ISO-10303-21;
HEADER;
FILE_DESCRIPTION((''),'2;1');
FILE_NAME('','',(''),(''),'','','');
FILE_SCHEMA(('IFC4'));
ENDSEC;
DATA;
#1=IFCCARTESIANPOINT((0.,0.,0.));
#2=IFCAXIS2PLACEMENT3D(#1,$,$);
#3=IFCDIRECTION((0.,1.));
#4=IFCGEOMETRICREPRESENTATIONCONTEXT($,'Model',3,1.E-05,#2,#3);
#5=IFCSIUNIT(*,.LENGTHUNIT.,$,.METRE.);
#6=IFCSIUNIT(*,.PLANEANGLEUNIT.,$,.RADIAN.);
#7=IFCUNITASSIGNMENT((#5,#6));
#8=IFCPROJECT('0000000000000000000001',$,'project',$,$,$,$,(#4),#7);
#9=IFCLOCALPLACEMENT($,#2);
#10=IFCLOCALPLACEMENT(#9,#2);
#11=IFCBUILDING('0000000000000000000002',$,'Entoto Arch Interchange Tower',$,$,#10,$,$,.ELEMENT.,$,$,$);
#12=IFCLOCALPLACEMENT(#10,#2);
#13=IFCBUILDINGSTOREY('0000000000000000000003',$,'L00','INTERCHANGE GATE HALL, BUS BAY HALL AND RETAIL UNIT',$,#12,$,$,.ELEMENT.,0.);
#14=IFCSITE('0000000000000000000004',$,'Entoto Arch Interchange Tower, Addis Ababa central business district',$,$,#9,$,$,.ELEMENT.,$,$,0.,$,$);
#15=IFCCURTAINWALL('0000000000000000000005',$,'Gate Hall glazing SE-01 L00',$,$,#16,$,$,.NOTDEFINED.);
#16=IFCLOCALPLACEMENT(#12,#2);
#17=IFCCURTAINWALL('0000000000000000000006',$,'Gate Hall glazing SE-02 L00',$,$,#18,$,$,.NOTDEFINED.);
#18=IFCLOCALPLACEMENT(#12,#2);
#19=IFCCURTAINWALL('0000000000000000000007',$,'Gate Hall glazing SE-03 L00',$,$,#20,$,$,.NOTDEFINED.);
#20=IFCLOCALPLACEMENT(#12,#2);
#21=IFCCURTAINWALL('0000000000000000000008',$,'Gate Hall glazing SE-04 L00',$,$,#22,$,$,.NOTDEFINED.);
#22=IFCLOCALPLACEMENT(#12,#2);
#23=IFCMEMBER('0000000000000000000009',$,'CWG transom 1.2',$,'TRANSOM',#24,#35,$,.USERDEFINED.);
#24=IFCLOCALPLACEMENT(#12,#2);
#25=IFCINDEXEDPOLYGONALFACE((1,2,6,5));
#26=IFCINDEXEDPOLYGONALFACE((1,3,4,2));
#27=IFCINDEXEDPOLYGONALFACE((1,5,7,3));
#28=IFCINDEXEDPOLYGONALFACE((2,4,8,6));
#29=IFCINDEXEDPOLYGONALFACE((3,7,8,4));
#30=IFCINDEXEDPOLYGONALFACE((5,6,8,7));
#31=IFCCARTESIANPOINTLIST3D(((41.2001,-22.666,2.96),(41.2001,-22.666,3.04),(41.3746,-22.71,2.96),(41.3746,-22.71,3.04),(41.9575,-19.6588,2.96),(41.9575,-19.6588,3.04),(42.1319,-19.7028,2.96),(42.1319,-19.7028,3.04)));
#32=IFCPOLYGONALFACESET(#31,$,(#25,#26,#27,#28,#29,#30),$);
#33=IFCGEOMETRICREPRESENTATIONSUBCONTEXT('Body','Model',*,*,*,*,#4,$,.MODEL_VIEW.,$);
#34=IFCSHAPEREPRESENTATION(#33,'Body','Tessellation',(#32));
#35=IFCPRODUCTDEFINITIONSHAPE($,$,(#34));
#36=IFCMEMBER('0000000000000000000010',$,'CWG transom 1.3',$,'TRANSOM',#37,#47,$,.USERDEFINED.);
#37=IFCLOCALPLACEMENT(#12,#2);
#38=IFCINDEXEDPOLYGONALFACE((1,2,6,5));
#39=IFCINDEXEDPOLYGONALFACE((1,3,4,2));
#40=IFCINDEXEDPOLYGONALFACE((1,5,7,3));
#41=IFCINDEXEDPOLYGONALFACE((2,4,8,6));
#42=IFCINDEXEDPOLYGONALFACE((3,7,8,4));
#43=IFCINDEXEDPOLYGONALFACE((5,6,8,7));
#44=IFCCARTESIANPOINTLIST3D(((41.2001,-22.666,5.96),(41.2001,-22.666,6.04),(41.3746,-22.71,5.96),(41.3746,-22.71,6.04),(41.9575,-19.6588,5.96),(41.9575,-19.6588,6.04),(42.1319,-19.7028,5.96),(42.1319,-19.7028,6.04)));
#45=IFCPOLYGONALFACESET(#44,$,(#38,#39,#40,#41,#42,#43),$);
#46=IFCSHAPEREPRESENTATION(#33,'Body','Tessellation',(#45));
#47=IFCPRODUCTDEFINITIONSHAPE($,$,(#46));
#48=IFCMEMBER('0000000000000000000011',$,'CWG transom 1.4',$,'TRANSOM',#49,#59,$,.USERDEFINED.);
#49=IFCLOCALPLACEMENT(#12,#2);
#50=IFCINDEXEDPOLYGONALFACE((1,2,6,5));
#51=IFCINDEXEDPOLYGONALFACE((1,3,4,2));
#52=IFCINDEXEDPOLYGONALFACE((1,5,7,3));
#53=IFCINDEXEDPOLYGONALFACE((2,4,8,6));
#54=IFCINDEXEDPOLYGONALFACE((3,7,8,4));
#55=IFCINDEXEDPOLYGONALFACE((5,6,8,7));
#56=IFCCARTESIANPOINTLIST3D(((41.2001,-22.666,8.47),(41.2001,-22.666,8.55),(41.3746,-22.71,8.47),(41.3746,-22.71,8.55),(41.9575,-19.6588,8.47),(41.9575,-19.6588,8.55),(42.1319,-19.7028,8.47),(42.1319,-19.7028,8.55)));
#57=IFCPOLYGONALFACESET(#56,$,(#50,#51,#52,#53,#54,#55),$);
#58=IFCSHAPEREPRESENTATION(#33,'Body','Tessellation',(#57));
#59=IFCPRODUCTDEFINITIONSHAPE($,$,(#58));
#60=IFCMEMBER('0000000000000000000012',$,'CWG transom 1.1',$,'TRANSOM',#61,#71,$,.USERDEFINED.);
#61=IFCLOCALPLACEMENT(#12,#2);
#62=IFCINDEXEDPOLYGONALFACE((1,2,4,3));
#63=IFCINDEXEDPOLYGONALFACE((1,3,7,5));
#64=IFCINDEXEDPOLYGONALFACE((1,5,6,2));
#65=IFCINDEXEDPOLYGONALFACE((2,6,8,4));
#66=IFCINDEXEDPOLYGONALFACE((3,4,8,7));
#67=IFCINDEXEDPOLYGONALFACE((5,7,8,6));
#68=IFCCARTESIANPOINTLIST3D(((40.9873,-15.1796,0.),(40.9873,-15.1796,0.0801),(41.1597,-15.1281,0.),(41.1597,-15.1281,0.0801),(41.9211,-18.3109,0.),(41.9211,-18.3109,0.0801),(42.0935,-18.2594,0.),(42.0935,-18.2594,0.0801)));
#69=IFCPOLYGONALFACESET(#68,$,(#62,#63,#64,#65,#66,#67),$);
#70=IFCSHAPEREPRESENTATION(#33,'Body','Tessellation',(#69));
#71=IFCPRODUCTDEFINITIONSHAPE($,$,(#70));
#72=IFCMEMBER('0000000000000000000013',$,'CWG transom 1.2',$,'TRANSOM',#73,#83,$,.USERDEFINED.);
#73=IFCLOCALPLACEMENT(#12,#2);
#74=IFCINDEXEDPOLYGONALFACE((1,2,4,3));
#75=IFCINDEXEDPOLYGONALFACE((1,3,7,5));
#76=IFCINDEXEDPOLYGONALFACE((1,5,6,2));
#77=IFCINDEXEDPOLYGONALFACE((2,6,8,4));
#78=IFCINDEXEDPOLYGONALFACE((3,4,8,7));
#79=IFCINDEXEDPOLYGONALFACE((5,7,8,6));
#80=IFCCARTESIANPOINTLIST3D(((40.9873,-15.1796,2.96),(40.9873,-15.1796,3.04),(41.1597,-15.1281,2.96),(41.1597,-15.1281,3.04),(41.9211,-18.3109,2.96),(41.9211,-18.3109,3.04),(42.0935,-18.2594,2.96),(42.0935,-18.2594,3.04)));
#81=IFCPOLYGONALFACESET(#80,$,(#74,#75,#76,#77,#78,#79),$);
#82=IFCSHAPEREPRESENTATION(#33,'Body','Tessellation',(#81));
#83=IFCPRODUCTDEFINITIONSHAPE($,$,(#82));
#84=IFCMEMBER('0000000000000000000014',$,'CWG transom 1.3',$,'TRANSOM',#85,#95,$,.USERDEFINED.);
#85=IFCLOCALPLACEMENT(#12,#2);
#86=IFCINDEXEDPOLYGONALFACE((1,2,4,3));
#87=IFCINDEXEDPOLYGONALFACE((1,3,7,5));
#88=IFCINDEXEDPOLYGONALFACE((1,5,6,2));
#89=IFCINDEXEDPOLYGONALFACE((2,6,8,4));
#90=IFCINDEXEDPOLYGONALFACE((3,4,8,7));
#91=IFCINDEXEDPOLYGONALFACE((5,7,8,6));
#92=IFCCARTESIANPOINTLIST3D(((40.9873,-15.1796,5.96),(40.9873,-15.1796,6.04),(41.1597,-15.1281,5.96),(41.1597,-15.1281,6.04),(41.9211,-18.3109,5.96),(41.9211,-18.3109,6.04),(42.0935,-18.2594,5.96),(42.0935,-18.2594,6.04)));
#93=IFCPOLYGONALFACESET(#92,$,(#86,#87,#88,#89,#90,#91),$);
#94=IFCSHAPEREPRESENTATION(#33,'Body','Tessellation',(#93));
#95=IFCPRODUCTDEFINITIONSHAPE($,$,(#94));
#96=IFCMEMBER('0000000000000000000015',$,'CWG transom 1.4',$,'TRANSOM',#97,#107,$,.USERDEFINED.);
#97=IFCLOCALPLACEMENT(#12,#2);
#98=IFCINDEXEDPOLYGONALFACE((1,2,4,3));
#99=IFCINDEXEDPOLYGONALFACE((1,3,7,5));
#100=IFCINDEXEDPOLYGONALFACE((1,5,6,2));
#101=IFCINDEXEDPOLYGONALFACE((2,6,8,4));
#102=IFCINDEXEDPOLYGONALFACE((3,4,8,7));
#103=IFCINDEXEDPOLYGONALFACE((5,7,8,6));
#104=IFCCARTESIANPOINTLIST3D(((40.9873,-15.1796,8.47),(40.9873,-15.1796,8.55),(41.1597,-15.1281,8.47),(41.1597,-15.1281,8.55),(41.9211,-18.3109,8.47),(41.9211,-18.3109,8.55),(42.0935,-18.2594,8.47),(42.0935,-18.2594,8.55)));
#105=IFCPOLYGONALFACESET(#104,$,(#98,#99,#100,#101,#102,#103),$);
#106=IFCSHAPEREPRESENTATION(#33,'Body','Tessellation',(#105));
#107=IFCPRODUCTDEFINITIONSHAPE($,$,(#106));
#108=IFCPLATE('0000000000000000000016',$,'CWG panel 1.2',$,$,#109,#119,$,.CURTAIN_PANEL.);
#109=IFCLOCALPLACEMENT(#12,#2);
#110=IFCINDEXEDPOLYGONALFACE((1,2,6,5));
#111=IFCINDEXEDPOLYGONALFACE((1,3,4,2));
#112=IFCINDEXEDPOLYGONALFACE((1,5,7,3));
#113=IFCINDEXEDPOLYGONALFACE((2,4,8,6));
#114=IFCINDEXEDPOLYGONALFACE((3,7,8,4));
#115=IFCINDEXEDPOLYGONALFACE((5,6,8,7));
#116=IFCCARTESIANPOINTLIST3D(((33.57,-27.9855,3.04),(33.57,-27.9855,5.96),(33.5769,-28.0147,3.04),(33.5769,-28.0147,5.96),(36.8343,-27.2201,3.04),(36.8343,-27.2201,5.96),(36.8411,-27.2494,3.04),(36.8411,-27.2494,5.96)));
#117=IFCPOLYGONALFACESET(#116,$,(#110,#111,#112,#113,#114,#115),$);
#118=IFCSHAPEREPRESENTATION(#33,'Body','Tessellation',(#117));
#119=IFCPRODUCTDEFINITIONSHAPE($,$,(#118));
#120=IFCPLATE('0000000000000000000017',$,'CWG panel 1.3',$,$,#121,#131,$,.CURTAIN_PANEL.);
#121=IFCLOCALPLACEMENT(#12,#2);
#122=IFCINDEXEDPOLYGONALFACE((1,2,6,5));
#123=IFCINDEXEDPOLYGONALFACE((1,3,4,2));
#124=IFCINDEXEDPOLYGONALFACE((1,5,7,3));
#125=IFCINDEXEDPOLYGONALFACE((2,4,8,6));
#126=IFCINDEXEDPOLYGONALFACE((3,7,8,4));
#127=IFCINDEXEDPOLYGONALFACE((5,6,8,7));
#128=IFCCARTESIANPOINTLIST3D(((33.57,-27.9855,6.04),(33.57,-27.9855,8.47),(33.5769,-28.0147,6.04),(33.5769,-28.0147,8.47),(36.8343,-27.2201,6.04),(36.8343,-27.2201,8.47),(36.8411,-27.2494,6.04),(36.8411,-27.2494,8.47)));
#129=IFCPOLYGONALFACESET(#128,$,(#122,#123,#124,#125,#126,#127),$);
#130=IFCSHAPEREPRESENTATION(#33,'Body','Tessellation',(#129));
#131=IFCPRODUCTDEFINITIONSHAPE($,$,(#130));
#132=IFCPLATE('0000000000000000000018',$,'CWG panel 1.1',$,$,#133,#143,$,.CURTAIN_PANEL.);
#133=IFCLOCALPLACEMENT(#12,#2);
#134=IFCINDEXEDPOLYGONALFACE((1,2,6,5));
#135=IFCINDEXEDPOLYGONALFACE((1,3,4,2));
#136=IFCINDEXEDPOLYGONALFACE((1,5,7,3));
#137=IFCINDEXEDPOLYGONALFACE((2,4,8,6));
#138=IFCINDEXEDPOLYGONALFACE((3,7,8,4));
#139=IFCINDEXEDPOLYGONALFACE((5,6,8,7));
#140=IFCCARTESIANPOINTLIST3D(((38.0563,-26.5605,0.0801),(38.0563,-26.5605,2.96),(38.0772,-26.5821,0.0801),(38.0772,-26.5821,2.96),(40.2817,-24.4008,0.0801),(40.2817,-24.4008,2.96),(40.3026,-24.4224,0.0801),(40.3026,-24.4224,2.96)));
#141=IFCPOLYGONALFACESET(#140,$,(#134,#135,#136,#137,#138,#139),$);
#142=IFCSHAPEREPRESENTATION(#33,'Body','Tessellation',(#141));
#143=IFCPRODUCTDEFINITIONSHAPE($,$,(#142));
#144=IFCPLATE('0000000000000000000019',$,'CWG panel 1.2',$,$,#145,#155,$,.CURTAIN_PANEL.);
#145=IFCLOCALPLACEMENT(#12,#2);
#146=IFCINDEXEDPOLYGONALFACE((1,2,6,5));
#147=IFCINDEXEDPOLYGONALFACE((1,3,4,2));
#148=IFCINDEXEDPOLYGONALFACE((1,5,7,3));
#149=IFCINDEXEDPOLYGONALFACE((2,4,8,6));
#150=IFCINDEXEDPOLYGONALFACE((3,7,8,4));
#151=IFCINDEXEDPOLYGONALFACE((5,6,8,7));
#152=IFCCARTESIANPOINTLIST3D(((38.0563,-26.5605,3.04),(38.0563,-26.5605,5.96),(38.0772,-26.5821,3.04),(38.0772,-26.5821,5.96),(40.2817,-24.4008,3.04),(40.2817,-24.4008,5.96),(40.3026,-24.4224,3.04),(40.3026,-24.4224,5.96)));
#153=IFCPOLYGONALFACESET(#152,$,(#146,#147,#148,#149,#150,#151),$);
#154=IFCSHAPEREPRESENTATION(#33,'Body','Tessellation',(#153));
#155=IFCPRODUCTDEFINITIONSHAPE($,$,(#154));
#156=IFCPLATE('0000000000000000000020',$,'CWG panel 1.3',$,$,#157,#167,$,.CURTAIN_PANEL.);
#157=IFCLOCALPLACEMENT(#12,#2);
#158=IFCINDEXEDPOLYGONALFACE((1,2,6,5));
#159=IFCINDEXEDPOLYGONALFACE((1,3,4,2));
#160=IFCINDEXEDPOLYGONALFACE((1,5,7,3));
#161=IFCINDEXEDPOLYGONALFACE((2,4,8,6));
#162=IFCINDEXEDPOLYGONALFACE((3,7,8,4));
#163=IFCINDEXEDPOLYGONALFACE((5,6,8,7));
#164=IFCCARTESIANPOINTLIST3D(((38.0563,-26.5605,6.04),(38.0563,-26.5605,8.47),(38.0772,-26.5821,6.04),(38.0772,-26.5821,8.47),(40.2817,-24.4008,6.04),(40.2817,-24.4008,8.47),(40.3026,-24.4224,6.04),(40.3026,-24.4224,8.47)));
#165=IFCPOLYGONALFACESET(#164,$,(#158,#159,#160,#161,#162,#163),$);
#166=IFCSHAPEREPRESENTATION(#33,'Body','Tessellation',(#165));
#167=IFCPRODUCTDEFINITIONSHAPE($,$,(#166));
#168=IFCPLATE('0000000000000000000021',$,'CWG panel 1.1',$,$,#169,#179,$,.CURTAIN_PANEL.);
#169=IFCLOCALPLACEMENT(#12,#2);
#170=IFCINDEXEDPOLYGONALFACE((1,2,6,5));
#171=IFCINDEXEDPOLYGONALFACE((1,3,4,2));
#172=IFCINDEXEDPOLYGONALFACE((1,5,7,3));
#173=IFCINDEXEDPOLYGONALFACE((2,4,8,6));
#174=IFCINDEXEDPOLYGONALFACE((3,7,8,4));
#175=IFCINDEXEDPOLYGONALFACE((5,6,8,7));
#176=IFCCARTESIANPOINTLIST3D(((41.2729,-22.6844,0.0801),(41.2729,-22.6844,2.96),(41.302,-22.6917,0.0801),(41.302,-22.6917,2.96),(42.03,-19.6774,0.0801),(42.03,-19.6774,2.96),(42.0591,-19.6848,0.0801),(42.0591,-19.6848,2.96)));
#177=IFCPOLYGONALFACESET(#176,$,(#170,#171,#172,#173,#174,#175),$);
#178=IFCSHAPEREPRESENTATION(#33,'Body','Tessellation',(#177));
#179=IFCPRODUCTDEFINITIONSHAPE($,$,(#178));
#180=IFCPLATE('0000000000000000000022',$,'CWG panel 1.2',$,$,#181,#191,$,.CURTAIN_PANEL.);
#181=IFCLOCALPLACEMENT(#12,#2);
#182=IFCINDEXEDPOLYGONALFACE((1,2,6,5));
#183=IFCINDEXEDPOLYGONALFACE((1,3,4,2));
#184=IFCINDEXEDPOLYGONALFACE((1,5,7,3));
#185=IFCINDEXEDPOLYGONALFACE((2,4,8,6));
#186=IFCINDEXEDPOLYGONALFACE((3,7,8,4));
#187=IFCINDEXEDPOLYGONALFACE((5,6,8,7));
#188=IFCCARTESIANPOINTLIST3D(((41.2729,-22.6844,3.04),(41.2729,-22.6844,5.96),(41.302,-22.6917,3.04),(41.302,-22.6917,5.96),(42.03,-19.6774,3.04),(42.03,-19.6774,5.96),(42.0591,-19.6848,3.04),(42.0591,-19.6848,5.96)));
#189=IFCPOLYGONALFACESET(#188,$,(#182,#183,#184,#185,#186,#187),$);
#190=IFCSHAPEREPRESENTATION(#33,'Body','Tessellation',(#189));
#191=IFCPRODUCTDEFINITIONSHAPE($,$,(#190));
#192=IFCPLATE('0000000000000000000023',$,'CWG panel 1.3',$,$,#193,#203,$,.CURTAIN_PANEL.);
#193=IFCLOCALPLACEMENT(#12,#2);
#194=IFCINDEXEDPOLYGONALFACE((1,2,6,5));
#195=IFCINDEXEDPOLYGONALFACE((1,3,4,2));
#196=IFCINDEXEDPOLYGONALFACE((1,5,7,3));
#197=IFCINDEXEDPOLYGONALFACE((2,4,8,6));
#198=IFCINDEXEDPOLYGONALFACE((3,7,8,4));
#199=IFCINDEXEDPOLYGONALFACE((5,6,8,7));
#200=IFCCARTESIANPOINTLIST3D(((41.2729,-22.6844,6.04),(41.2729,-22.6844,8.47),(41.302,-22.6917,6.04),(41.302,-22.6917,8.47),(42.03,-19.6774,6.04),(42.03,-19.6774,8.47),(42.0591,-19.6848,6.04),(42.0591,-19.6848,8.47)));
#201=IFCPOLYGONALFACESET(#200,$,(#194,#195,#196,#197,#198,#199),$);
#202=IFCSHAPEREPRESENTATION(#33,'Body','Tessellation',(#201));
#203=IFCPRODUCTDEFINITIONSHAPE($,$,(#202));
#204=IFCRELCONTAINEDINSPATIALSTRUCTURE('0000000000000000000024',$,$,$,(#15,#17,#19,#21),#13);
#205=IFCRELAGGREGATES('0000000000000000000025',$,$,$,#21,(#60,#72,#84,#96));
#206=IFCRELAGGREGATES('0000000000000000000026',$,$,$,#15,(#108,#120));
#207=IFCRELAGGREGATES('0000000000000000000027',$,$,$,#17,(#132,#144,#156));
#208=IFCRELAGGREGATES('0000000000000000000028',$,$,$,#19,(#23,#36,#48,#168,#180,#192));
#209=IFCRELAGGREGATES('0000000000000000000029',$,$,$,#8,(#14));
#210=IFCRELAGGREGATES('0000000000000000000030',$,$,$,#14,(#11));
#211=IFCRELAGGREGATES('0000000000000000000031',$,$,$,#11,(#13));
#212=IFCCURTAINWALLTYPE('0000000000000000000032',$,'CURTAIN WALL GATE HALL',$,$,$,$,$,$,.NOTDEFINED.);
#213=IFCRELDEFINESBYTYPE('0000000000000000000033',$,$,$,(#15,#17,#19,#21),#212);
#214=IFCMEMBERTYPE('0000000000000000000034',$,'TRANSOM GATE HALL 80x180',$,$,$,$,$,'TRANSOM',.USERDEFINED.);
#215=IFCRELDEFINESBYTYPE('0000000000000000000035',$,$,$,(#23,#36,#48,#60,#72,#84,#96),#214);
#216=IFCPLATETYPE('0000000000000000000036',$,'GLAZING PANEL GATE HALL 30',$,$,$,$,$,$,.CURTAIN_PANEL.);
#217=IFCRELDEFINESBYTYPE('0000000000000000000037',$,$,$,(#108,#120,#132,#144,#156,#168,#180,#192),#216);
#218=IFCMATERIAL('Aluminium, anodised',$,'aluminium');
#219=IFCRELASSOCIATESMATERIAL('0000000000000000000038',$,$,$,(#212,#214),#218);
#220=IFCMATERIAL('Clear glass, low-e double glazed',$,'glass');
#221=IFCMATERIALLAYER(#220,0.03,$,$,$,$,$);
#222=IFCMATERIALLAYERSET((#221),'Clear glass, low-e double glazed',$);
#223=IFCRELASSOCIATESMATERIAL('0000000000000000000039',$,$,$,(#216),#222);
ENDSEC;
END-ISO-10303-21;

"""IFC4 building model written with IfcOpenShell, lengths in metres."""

from ifc_helpers import new_model, si_unit, direction, frame, origin, origin_2d, place, context, subcontext, project, spatial, rectangle, extrude, material, layer, layer_set, material_profile, profile_set, type_object, element, aggregate, save


model = new_model("IFC4")

# Units and contexts
model_context = context("Model", 3, precision=1e-05, world=origin(), true_north=direction((0.0, 1.0)))
body_context = subcontext(model_context, "Body", "Model", "MODEL_VIEW")
ifc_project = project(units=[si_unit("LENGTHUNIT", "METRE"), si_unit("PLANEANGLEUNIT", "RADIAN")], contexts=[model_context])

# Site, building, storey
site_placement = place(None, origin())
site = spatial("IfcSite", under=ifc_project, at=site_placement, Name="Entoto Arch Interchange Tower, Addis Ababa central business district", CompositionType="ELEMENT", RefElevation=0.0)
building_placement = place(site_placement, origin())
building = spatial("IfcBuilding", under=site, at=building_placement, Name="Entoto Arch Interchange Tower", CompositionType="ELEMENT")
storey_placement = place(building_placement, origin())
storey = spatial("IfcBuildingStorey", under=building, at=storey_placement, Name="L00", Description="INTERCHANGE GATE HALL, BUS BAY HALL AND RETAIL UNIT", CompositionType="ELEMENT", Elevation=0.0)

# Curtain wall
ifc_material_1 = material(Name="Aluminium, anodised", Category="aluminium")
curtain_wall_type = type_object("IfcCurtainWallType", Name="CURTAIN WALL GATE HALL", PredefinedType="NOTDEFINED", material=ifc_material_1)
curtain_wall_1_placement = place(storey_placement, origin())
curtain_wall_1 = element("IfcCurtainWall", 1, at=curtain_wall_1_placement, inside=storey, type_object=curtain_wall_type, Name="Gate Hall glazing SE-01 L00", PredefinedType="NOTDEFINED")

# Curtain walls
curtain_wall_2_placement = place(storey_placement, origin())
curtain_wall_2 = element("IfcCurtainWall", 2, at=curtain_wall_2_placement, inside=storey, type_object=curtain_wall_type, Name="Gate Hall glazing SE-02 L00", PredefinedType="NOTDEFINED")
curtain_wall_3_placement = place(storey_placement, origin())
curtain_wall_3 = element("IfcCurtainWall", 3, at=curtain_wall_3_placement, inside=storey, type_object=curtain_wall_type, Name="Gate Hall glazing SE-03 L00", PredefinedType="NOTDEFINED")

# Curtain wall
curtain_wall_4_placement = place(storey_placement, origin())
curtain_wall_4 = element("IfcCurtainWall", 4, at=curtain_wall_4_placement, inside=storey, type_object=curtain_wall_type, Name="Gate Hall glazing SE-04 L00", PredefinedType="NOTDEFINED")

# Members
ifc_material_profile_1 = material_profile(ifc_material_1, rectangle(XDim=0.1799, YDim=0.0801, at=origin_2d()))
ifc_profile_set_1 = profile_set([ifc_material_profile_1], Name="Aluminium, anodised")
member_type_1 = type_object("IfcMemberType", Name="TRANSOM GATE HALL 80x180", ElementType="TRANSOM", PredefinedType="USERDEFINED", material=ifc_profile_set_1)
member_1_placement = place(storey_placement, frame((41.2874, -22.688, 3.0), z_axis=(0.244221, 0.96972, 0.0), x_axis=(-0.96972, 0.244221, 0.0)))
member_1 = element("IfcMember", 5, at=member_1_placement, type_object=member_type_1, Name="CWG transom 1.2", ObjectType="TRANSOM", PredefinedType="USERDEFINED", context=body_context, shape_type="SweptSolid", body=[
    extrude(rectangle(XDim=0.1799, YDim=0.0801, at=origin_2d()), origin(), (0.0, 0.0, 1.0), 3.1011),
])
member_2_placement = place(storey_placement, frame((41.2874, -22.688, 6.0), z_axis=(0.244221, 0.96972, 0.0), x_axis=(-0.96972, 0.244221, 0.0)))
member_2 = element("IfcMember", 6, at=member_2_placement, type_object=member_type_1, Name="CWG transom 1.3", ObjectType="TRANSOM", PredefinedType="USERDEFINED", context=body_context, shape_type="SweptSolid", body=[
    extrude(rectangle(XDim=0.1799, YDim=0.0801, at=origin_2d()), origin(), (0.0, 0.0, 1.0), 3.1011),
])
member_3_placement = place(storey_placement, frame((41.2874, -22.688, 8.51), z_axis=(0.244221, 0.96972, 0.0), x_axis=(-0.96972, 0.244221, 0.0)))
member_3 = element("IfcMember", 7, at=member_3_placement, type_object=member_type_1, Name="CWG transom 1.4", ObjectType="TRANSOM", PredefinedType="USERDEFINED", context=body_context, shape_type="SweptSolid", body=[
    extrude(rectangle(XDim=0.1799, YDim=0.0801, at=origin_2d()), origin(), (0.0, 0.0, 1.0), 3.1011),
])
member_4_placement = place(storey_placement, frame((42.0073, -18.2852, 0.04), z_axis=(-0.285785, 0.958294, 0.0), x_axis=(-0.958294, -0.285785, 0.0)))
member_4 = element("IfcMember", 8, at=member_4_placement, type_object=member_type_1, Name="CWG transom 1.1", ObjectType="TRANSOM", PredefinedType="USERDEFINED", context=body_context, shape_type="SweptSolid", body=[
    extrude(rectangle(XDim=0.1799, YDim=0.0801, at=origin_2d()), origin(), (0.0, 0.0, 1.0), 3.2676),
])
member_5_placement = place(storey_placement, frame((42.0073, -18.2852, 3.0), z_axis=(-0.285785, 0.958294, 0.0), x_axis=(-0.958294, -0.285785, 0.0)))
member_5 = element("IfcMember", 9, at=member_5_placement, type_object=member_type_1, Name="CWG transom 1.2", ObjectType="TRANSOM", PredefinedType="USERDEFINED", context=body_context, shape_type="SweptSolid", body=[
    extrude(rectangle(XDim=0.1799, YDim=0.0801, at=origin_2d()), origin(), (0.0, 0.0, 1.0), 3.2676),
])
member_6_placement = place(storey_placement, frame((42.0073, -18.2852, 6.0), z_axis=(-0.285785, 0.958294, 0.0), x_axis=(-0.958294, -0.285785, 0.0)))
member_6 = element("IfcMember", 10, at=member_6_placement, type_object=member_type_1, Name="CWG transom 1.3", ObjectType="TRANSOM", PredefinedType="USERDEFINED", context=body_context, shape_type="SweptSolid", body=[
    extrude(rectangle(XDim=0.1799, YDim=0.0801, at=origin_2d()), origin(), (0.0, 0.0, 1.0), 3.2676),
])
member_7_placement = place(storey_placement, frame((42.0073, -18.2852, 8.51), z_axis=(-0.285785, 0.958294, 0.0), x_axis=(-0.958294, -0.285785, 0.0)))
member_7 = element("IfcMember", 11, at=member_7_placement, type_object=member_type_1, Name="CWG transom 1.4", ObjectType="TRANSOM", PredefinedType="USERDEFINED", context=body_context, shape_type="SweptSolid", body=[
    extrude(rectangle(XDim=0.1799, YDim=0.0801, at=origin_2d()), origin(), (0.0, 0.0, 1.0), 3.2676),
])
aggregate(curtain_wall_4, [member_4, member_5, member_6, member_7])

# Plates
ifc_material_2 = material(Name="Clear glass, low-e double glazed", Category="glass")
ifc_layer_1 = layer(ifc_material_2, 0.03)
ifc_layer_set_1 = layer_set([ifc_layer_1], Name="Clear glass, low-e double glazed")
plate_type = type_object("IfcPlateType", Name="GLAZING PANEL GATE HALL 30", PredefinedType="CURTAIN_PANEL", material=ifc_layer_set_1)
plate_1_placement = place(storey_placement, frame((35.2056, -27.6174, 3.04), z_axis=(0.0, 0.0, 1.0), x_axis=(0.973598, 0.228271, 0.0)))
plate_1 = element("IfcPlate", 12, at=plate_1_placement, type_object=plate_type, Name="CWG panel 1.2", PredefinedType="CURTAIN_PANEL", context=body_context, shape_type="SweptSolid", body=[
    extrude(rectangle(XDim=3.3528, YDim=0.03, at=origin_2d()), origin(), (0.0, 0.0, 1.0), 2.9199),
])
plate_2_placement = place(storey_placement, frame((35.2056, -27.6174, 6.04), z_axis=(0.0, 0.0, 1.0), x_axis=(0.973598, 0.228271, 0.0)))
plate_2 = element("IfcPlate", 13, at=plate_2_placement, type_object=plate_type, Name="CWG panel 1.3", PredefinedType="CURTAIN_PANEL", context=body_context, shape_type="SweptSolid", body=[
    extrude(rectangle(XDim=3.3528, YDim=0.03, at=origin_2d()), origin(), (0.0, 0.0, 1.0), 2.4299),
])
aggregate(curtain_wall_1, [plate_1, plate_2])
plate_3_placement = place(storey_placement, frame((39.1794, -25.4915, 0.0801), z_axis=(0.0, 0.0, 1.0), x_axis=(0.71763, 0.696425, 0.0)))
plate_3 = element("IfcPlate", 14, at=plate_3_placement, type_object=plate_type, Name="CWG panel 1.1", PredefinedType="CURTAIN_PANEL", context=body_context, shape_type="SweptSolid", body=[
    extrude(rectangle(XDim=3.1011, YDim=0.03, at=origin_2d()), origin(), (0.0, 0.0, 1.0), 2.8799),
])
plate_4_placement = place(storey_placement, frame((39.1794, -25.4915, 3.04), z_axis=(0.0, 0.0, 1.0), x_axis=(0.71763, 0.696425, 0.0)))
plate_4 = element("IfcPlate", 15, at=plate_4_placement, type_object=plate_type, Name="CWG panel 1.2", PredefinedType="CURTAIN_PANEL", context=body_context, shape_type="SweptSolid", body=[
    extrude(rectangle(XDim=3.1011, YDim=0.03, at=origin_2d()), origin(), (0.0, 0.0, 1.0), 2.9199),
])
plate_5_placement = place(storey_placement, frame((39.1794, -25.4915, 6.04), z_axis=(0.0, 0.0, 1.0), x_axis=(0.71763, 0.696425, 0.0)))
plate_5 = element("IfcPlate", 16, at=plate_5_placement, type_object=plate_type, Name="CWG panel 1.3", PredefinedType="CURTAIN_PANEL", context=body_context, shape_type="SweptSolid", body=[
    extrude(rectangle(XDim=3.1011, YDim=0.03, at=origin_2d()), origin(), (0.0, 0.0, 1.0), 2.4299),
])
aggregate(curtain_wall_2, [plate_3, plate_4, plate_5])
plate_6_placement = place(storey_placement, frame((41.666, -21.1846, 0.0801), z_axis=(0.0, 0.0, 1.0), x_axis=(0.244175, 0.969731, 0.0)))
plate_6 = element("IfcPlate", 17, at=plate_6_placement, type_object=plate_type, Name="CWG panel 1.1", PredefinedType="CURTAIN_PANEL", context=body_context, shape_type="SweptSolid", body=[
    extrude(rectangle(XDim=3.1008, YDim=0.03, at=origin_2d()), origin(), (0.0, 0.0, 1.0), 2.8799),
])
plate_7_placement = place(storey_placement, frame((41.666, -21.1846, 3.04), z_axis=(0.0, 0.0, 1.0), x_axis=(0.244175, 0.969731, 0.0)))
plate_7 = element("IfcPlate", 18, at=plate_7_placement, type_object=plate_type, Name="CWG panel 1.2", PredefinedType="CURTAIN_PANEL", context=body_context, shape_type="SweptSolid", body=[
    extrude(rectangle(XDim=3.1008, YDim=0.03, at=origin_2d()), origin(), (0.0, 0.0, 1.0), 2.9199),
])
plate_8_placement = place(storey_placement, frame((41.666, -21.1846, 6.04), z_axis=(0.0, 0.0, 1.0), x_axis=(0.244175, 0.969731, 0.0)))
plate_8 = element("IfcPlate", 19, at=plate_8_placement, type_object=plate_type, Name="CWG panel 1.3", PredefinedType="CURTAIN_PANEL", context=body_context, shape_type="SweptSolid", body=[
    extrude(rectangle(XDim=3.1008, YDim=0.03, at=origin_2d()), origin(), (0.0, 0.0, 1.0), 2.4299),
])
aggregate(curtain_wall_3, [member_1, member_2, member_3, plate_6, plate_7, plate_8])

save(model, "model.ifc")
